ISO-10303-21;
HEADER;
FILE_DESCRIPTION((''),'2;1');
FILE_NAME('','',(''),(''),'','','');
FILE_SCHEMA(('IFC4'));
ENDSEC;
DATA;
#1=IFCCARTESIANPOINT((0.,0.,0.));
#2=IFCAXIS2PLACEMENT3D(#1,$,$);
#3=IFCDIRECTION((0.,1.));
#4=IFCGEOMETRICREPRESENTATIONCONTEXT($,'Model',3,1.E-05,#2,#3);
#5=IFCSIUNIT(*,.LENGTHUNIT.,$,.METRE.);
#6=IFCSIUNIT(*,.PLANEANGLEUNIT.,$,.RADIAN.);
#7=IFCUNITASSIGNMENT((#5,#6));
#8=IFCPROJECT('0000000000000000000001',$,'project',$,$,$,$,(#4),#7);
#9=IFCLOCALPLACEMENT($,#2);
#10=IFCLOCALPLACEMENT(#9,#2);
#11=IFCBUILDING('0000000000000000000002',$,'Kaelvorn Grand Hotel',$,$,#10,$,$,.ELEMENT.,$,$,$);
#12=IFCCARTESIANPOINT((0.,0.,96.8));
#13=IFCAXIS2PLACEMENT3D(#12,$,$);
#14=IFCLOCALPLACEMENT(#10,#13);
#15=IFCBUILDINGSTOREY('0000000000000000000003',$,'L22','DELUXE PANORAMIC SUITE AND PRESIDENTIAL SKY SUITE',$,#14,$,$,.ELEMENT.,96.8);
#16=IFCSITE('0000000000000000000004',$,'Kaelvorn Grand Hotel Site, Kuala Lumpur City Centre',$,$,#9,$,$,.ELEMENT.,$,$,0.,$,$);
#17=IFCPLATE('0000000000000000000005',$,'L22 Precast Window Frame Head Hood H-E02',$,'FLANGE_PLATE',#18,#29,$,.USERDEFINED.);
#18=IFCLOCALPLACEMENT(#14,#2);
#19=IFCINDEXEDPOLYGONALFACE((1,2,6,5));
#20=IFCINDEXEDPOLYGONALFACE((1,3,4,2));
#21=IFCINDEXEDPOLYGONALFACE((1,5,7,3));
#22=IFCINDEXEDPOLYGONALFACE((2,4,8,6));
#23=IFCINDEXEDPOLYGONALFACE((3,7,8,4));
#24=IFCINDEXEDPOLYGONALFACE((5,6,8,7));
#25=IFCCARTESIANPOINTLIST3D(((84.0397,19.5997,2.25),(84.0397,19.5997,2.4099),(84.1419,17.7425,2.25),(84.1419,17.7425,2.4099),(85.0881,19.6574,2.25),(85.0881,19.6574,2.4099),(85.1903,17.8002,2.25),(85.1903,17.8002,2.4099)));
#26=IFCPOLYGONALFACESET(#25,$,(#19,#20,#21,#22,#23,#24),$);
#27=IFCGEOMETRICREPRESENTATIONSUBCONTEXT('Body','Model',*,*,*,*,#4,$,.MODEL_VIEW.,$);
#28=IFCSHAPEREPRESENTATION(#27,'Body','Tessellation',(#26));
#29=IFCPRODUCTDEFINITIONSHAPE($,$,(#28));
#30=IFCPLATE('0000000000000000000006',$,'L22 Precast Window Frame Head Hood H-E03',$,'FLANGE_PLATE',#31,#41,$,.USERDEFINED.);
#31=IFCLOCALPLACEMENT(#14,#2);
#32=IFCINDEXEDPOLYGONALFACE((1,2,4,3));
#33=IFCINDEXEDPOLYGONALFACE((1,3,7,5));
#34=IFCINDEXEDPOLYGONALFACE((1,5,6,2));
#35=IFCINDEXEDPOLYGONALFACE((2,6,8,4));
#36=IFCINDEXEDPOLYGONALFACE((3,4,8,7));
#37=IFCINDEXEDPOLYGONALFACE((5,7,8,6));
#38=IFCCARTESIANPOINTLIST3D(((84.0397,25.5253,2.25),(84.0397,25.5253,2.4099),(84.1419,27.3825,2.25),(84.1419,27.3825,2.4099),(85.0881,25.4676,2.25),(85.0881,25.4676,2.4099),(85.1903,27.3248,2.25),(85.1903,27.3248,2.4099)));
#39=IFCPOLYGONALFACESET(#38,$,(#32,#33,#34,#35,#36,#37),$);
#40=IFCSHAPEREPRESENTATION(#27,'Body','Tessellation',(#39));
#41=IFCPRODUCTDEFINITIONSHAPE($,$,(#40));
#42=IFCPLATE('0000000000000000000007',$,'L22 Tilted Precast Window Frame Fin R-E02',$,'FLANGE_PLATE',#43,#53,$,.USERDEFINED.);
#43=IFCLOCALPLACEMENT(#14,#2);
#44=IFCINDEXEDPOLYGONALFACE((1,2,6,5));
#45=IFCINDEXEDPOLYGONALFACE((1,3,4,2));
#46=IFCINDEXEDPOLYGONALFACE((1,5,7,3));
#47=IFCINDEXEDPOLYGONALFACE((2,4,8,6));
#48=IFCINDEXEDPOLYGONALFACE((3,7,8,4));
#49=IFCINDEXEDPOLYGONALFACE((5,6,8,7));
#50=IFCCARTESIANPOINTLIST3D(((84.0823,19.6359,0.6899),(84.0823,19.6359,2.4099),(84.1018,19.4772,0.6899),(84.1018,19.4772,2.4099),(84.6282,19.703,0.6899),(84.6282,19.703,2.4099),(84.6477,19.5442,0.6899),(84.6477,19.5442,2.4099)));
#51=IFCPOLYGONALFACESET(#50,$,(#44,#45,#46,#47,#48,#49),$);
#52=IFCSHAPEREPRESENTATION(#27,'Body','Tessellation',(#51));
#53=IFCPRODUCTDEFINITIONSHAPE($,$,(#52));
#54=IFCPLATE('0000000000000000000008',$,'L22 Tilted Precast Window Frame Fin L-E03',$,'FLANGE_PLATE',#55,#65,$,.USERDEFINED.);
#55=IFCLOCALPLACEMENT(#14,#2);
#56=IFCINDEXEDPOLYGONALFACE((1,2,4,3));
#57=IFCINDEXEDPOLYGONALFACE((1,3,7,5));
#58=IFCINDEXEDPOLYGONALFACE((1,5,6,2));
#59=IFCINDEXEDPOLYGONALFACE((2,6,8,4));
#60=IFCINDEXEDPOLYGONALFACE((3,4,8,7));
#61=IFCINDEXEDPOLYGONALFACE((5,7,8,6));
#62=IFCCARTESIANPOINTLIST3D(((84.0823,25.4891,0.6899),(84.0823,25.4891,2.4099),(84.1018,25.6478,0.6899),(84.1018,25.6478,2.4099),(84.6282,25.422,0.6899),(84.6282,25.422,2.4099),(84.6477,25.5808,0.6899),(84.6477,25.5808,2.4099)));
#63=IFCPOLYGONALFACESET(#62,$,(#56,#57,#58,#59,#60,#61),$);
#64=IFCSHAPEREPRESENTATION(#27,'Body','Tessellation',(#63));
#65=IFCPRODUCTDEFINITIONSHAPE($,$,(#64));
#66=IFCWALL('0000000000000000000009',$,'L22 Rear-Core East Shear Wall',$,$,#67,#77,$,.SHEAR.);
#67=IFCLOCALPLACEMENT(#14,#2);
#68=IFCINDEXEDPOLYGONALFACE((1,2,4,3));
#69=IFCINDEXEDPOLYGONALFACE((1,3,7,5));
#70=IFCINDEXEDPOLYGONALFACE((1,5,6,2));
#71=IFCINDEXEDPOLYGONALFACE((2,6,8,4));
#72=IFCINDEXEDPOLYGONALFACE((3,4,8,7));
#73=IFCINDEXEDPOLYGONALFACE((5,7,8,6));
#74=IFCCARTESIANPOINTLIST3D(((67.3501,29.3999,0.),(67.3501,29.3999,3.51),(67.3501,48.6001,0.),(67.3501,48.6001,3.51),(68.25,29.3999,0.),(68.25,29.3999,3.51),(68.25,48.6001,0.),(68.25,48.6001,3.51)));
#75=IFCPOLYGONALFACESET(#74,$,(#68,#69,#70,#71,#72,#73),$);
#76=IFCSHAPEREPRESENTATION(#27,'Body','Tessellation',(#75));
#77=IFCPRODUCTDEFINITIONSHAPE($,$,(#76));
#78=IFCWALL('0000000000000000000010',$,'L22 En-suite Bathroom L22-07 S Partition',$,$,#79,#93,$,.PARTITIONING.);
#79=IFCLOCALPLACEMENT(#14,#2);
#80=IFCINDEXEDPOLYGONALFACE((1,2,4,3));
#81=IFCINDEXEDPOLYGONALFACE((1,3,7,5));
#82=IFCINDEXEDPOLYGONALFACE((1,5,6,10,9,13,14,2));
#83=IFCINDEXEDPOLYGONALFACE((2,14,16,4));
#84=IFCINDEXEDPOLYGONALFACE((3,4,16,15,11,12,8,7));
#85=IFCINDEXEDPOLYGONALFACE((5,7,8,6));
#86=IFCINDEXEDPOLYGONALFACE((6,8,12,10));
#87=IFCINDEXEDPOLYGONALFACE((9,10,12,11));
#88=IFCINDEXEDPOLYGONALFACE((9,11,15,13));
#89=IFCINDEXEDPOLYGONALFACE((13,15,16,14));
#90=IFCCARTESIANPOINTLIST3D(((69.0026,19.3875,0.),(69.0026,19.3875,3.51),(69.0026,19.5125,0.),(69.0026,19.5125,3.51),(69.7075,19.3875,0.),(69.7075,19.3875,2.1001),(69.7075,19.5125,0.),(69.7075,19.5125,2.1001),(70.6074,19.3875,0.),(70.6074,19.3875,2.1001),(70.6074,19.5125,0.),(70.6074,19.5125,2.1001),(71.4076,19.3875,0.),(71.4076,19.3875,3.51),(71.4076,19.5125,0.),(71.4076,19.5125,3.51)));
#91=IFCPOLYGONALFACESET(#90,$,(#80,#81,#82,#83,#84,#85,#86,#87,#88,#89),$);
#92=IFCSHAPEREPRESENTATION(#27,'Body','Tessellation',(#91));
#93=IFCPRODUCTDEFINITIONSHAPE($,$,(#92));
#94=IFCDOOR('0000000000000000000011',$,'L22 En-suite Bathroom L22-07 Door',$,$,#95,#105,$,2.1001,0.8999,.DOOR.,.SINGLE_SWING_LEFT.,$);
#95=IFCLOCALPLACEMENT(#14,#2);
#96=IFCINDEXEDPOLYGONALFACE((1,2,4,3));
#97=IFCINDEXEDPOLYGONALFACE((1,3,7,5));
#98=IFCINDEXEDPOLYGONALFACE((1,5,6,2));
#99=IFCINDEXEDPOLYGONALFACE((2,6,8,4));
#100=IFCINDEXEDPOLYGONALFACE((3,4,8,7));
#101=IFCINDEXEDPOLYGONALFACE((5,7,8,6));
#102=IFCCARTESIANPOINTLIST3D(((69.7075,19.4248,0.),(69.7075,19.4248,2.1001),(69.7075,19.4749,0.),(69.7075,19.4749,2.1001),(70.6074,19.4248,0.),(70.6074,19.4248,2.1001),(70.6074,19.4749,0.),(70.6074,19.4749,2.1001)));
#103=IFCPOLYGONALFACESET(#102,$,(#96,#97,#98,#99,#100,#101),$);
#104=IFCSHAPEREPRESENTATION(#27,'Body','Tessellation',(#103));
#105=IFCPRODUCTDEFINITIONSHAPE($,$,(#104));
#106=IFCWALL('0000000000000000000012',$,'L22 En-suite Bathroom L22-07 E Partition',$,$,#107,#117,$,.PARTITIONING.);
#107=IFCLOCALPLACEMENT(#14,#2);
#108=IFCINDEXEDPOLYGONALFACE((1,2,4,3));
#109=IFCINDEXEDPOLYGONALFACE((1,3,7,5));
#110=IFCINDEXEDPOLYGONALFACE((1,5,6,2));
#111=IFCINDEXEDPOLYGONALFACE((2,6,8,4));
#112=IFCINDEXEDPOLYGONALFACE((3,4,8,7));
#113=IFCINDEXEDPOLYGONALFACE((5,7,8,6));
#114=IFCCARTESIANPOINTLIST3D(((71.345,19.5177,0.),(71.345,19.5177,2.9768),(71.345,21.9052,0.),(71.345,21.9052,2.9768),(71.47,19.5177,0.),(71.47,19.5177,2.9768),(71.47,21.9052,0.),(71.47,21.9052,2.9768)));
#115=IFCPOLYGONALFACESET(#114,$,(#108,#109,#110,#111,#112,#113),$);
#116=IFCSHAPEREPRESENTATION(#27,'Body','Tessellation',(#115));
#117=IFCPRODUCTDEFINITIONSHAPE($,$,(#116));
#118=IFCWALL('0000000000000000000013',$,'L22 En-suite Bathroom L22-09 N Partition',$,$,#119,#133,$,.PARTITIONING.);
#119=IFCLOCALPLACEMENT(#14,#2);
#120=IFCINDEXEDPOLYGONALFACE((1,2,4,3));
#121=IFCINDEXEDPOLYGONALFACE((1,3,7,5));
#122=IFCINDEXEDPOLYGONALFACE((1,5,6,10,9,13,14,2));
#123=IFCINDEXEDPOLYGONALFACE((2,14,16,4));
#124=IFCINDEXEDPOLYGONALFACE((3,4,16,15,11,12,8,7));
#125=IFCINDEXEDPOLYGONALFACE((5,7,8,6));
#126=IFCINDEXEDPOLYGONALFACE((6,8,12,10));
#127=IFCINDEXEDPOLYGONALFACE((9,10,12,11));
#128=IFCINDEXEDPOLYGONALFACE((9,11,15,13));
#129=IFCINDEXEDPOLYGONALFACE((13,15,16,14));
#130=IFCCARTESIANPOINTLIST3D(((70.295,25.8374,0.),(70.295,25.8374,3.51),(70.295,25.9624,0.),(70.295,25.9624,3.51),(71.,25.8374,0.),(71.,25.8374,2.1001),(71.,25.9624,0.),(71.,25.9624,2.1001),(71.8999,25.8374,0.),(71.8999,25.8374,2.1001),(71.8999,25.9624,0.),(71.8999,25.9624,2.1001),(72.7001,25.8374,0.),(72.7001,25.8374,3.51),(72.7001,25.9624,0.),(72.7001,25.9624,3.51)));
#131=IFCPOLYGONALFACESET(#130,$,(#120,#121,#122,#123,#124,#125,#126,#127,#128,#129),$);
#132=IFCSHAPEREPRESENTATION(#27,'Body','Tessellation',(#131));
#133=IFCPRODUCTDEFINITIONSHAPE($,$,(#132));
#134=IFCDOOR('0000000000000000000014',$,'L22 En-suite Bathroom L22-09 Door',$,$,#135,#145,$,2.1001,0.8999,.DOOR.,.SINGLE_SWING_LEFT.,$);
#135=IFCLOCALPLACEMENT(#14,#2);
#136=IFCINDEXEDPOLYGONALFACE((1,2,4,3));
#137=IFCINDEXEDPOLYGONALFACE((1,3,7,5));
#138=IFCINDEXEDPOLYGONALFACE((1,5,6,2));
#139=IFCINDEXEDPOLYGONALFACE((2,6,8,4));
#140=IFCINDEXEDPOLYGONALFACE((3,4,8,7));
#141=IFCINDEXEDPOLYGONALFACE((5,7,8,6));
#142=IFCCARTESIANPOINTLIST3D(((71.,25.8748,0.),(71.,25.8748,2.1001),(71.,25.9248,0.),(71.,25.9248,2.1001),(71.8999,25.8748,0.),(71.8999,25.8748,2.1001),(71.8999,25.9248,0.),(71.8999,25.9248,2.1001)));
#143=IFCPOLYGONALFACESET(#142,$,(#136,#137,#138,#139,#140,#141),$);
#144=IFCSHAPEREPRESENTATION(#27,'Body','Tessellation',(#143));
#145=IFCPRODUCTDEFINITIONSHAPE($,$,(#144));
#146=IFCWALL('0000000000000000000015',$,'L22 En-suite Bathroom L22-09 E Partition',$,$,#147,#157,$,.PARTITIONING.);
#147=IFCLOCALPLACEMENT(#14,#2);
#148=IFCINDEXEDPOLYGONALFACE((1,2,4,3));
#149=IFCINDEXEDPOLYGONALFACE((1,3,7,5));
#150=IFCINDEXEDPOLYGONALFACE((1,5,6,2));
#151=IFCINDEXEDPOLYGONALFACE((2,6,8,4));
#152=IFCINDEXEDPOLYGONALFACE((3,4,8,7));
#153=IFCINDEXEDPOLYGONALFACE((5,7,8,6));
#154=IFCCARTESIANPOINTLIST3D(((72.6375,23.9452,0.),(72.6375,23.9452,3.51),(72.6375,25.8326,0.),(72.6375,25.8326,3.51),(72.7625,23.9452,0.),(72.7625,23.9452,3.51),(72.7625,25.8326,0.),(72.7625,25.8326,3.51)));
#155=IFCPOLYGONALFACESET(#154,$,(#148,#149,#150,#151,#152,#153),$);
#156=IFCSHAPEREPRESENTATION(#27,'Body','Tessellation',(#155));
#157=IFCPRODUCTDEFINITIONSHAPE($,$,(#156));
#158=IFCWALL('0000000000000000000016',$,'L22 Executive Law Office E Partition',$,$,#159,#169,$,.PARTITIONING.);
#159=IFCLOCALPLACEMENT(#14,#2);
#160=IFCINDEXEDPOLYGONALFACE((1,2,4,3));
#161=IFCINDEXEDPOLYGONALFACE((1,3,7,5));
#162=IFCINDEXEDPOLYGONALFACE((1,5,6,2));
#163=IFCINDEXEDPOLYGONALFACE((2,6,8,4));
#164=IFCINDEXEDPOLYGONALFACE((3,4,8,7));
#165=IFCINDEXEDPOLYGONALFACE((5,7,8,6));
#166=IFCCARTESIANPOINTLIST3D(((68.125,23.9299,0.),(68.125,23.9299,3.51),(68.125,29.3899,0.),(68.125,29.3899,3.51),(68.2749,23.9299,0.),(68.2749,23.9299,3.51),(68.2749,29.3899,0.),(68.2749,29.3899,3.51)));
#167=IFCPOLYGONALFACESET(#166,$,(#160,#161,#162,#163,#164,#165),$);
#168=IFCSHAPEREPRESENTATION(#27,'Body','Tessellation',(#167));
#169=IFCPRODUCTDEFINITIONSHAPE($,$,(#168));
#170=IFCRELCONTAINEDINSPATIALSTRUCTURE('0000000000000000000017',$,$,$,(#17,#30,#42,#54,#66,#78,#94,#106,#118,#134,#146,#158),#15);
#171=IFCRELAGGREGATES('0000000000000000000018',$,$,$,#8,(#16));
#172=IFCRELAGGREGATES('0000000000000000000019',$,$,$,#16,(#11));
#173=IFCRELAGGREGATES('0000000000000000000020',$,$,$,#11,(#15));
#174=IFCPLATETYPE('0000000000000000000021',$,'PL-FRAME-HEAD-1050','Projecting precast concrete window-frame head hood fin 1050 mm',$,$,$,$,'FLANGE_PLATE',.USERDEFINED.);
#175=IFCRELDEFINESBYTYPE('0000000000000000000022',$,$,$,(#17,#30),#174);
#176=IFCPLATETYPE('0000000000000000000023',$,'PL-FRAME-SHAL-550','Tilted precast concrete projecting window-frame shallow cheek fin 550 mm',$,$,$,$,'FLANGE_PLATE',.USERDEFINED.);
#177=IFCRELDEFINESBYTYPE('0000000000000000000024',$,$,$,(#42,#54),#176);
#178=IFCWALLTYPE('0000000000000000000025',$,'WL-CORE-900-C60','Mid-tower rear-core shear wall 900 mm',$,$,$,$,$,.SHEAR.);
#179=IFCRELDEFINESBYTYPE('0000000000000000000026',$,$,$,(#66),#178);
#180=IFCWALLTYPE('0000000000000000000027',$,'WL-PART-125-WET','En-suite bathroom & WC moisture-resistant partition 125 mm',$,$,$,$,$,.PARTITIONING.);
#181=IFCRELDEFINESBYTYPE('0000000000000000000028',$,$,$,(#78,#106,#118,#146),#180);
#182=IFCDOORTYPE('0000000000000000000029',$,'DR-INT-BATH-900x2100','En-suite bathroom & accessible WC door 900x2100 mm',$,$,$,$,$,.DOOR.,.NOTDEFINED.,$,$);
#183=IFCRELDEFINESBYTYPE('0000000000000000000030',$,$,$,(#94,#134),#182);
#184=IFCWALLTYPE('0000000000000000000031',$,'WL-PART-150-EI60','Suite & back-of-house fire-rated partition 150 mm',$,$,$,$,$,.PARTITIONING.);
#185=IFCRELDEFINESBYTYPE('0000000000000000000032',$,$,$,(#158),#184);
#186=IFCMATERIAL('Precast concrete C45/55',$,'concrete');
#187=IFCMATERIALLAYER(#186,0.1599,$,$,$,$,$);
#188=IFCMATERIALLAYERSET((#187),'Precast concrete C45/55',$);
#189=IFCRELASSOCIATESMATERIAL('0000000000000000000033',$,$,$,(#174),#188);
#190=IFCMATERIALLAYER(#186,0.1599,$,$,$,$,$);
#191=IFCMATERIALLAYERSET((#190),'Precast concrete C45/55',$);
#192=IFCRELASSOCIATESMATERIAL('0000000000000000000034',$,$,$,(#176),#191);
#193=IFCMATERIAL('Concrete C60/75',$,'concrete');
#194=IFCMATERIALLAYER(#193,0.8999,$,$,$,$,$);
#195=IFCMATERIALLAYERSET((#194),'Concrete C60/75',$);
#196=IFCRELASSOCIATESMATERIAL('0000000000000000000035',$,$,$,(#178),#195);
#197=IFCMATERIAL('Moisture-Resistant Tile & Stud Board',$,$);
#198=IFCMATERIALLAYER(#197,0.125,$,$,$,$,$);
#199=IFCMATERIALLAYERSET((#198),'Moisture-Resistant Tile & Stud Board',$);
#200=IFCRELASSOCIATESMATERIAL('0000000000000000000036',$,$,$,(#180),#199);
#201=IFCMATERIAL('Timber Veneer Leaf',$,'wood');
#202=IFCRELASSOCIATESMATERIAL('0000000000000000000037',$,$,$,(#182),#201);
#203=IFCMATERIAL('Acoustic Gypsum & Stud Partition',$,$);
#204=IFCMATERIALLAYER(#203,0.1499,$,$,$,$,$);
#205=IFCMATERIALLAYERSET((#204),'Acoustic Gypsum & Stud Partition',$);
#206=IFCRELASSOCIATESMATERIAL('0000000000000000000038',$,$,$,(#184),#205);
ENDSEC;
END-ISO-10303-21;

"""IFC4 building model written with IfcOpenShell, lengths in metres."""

from ifc_helpers import new_model, si_unit, direction, frame, frame_2d, origin, origin_2d, place, context, subcontext, project, spatial, rectangle, extrude, material, layer, layer_set, type_object, element, fill, save


model = new_model("IFC4")

# Units and contexts
model_context = context("Model", 3, precision=1e-05, world=origin(), true_north=direction((0.0, 1.0)))
body_context = subcontext(model_context, "Body", "Model", "MODEL_VIEW")
ifc_project = project(units=[si_unit("LENGTHUNIT", "METRE"), si_unit("PLANEANGLEUNIT", "RADIAN")], contexts=[model_context])

# Site, building, storey
site_placement = place(None, origin())
site = spatial("IfcSite", under=ifc_project, at=site_placement, Name="Kaelvorn Grand Hotel Site, Kuala Lumpur City Centre", CompositionType="ELEMENT", RefElevation=0.0)
building_placement = place(site_placement, origin())
building = spatial("IfcBuilding", under=site, at=building_placement, Name="Kaelvorn Grand Hotel", CompositionType="ELEMENT")
storey_placement = place(building_placement, frame((0.0, 0.0, 96.8)))
storey = spatial("IfcBuildingStorey", under=building, at=storey_placement, Name="L22", Description="DELUXE PANORAMIC SUITE AND PRESIDENTIAL SKY SUITE", CompositionType="ELEMENT", Elevation=96.8)

# Shared definitions
ifc_material_1 = material(Name="Concrete C60/75", Category="concrete")

# Plates
ifc_material_2 = material(Name="Precast concrete C45/55", Category="concrete")
ifc_layer_1 = layer(ifc_material_2, 0.1599)
ifc_layer_set_1 = layer_set([ifc_layer_1], Name="Precast concrete C45/55")
plate_type_1 = type_object("IfcPlateType", Name="PL-FRAME-HEAD-1050", Description="Projecting precast concrete window-frame head hood fin 1050 mm", ElementType="FLANGE_PLATE", PredefinedType="USERDEFINED", material=ifc_layer_set_1)
for number, where, z_axis, x_axis, name in (
    (1, (84.615, 18.7, 2.25), (0.0, 0.0, 1.0), (-0.05495, 0.998489, 0.0), "L22 Precast Window Frame Head Hood H-E02"),
    (2, (84.615, 26.425, 2.25), (0.0, 0.0, 1.0), (0.05495, 0.998489, 0.0), "L22 Precast Window Frame Head Hood H-E03"),
):
    element("IfcPlate", number, at=place(storey_placement, frame(where, z_axis=z_axis, x_axis=x_axis)), inside=storey, type_object=plate_type_1, Name=name, ObjectType="FLANGE_PLATE", PredefinedType="USERDEFINED", context=body_context, shape_type="SweptSolid", body=[
        extrude(rectangle(XDim=1.8601, YDim=1.05, at=origin_2d()), origin(), (0.0, 0.0, 1.0), 0.1599),
    ])
ifc_layer_2 = layer(ifc_material_2, 0.1599)
ifc_layer_set_2 = layer_set([ifc_layer_2], Name="Precast concrete C45/55")
plate_type_2 = type_object("IfcPlateType", Name="PL-FRAME-SHAL-550", Description="Tilted precast concrete projecting window-frame shallow cheek fin 550 mm", ElementType="FLANGE_PLATE", PredefinedType="USERDEFINED", material=ifc_layer_set_2)
for number, where, z_axis, x_axis, name in (
    (3, (84.365, 19.5901, 0.6899), (0.0, 0.0, 1.0), (-0.121869, 0.992546, 0.0), "L22 Tilted Precast Window Frame Fin R-E02"),
    (4, (84.365, 25.5349, 0.6899), (0.0, 0.0, 1.0), (0.121869, 0.992546, 0.0), "L22 Tilted Precast Window Frame Fin L-E03"),
):
    element("IfcPlate", number, at=place(storey_placement, frame(where, z_axis=z_axis, x_axis=x_axis)), inside=storey, type_object=plate_type_2, Name=name, ObjectType="FLANGE_PLATE", PredefinedType="USERDEFINED", context=body_context, shape_type="SweptSolid", body=[
        extrude(rectangle(XDim=0.1599, YDim=0.55, at=origin_2d()), origin(), (0.0, 0.0, 1.0), 1.72),
    ])

# Wall
ifc_layer_3 = layer(ifc_material_1, 0.8999)
ifc_layer_set_3 = layer_set([ifc_layer_3], Name="Concrete C60/75")
wall_type_1 = type_object("IfcWallType", Name="WL-CORE-900-C60", Description="Mid-tower rear-core shear wall 900 mm", PredefinedType="SHEAR", material=ifc_layer_set_3)
wall_1_placement = place(storey_placement, frame((67.8, 29.3999, 0.0), z_axis=(0.0, 0.0, 1.0), x_axis=(0.0, 1.0, 0.0)))
element("IfcWall", 5, at=wall_1_placement, inside=storey, type_object=wall_type_1, Name="L22 Rear-Core East Shear Wall", PredefinedType="SHEAR", context=body_context, shape_type="SweptSolid", body=[
    extrude(rectangle(XDim=19.2002, YDim=0.8999, at=frame_2d((9.6001, 0.0))), origin(), (0.0, 0.0, 1.0), 3.51),
])

# Wall, opening, door
ifc_material_3 = material(Name="Moisture-Resistant Tile & Stud Board")
ifc_layer_4 = layer(ifc_material_3, 0.125)
ifc_layer_set_4 = layer_set([ifc_layer_4], Name="Moisture-Resistant Tile & Stud Board")
wall_type_2 = type_object("IfcWallType", Name="WL-PART-125-WET", Description="En-suite bathroom & WC moisture-resistant partition 125 mm", PredefinedType="PARTITIONING", material=ifc_layer_set_4)
wall_2_placement = place(storey_placement, frame((69.0024, 19.45, 0.0), z_axis=(0.0, 0.0, 1.0), x_axis=(1.0, 0.0, 0.0)))
wall_2 = element("IfcWall", 6, at=wall_2_placement, inside=storey, type_object=wall_type_2, Name="L22 En-suite Bathroom L22-07 S Partition", PredefinedType="PARTITIONING", context=body_context, shape_type="SweptSolid", body=[
    extrude(rectangle(XDim=2.405, YDim=0.125, at=frame_2d((1.2026, 0.0))), origin(), (0.0, 0.0, 1.0), 3.51),
])
opening_1_placement = place(wall_2_placement, frame((0.7051, 0.0, 0.0)))
opening_1 = element("IfcOpeningElement", 7, at=opening_1_placement, cuts=wall_2, PredefinedType="OPENING", context=body_context, shape_type="SweptSolid", body=[
    extrude(rectangle(XDim=0.8999, YDim=2.1001, at=frame_2d((0.45, 1.05))), frame((0.0, 0.0725, 0.0), z_axis=(0.0, -1.0, 0.0), x_axis=(1.0, 0.0, 0.0)), (0.0, 0.0, 1.0), 0.145),
])
ifc_material_4 = material(Name="Timber Veneer Leaf", Category="wood")
door_type_1 = type_object("IfcDoorType", Name="DR-INT-BATH-900x2100", Description="En-suite bathroom & accessible WC door 900x2100 mm", OperationType="NOTDEFINED", PredefinedType="DOOR", material=ifc_material_4)
door_1_placement = place(opening_1_placement, origin())
door_1 = element("IfcDoor", 8, at=door_1_placement, inside=storey, type_object=door_type_1, Name="L22 En-suite Bathroom L22-07 Door", OperationType="SINGLE_SWING_LEFT", OverallHeight=2.1001, OverallWidth=0.8999, PredefinedType="DOOR", context=body_context, shape_type="SweptSolid", body=[
    extrude(rectangle(XDim=0.8999, YDim=2.1001, at=frame_2d((0.45, 1.05))), frame((0.0, 0.0249, 0.0), z_axis=(0.0, -1.0, 0.0), x_axis=(1.0, 0.0, 0.0)), (0.0, 0.0, 1.0), 0.05),
])
fill(opening_1, door_1)

# Wall
wall_3_placement = place(storey_placement, frame((71.4075, 19.5176, 0.0), z_axis=(0.0, 0.0, 1.0), x_axis=(0.0, 1.0, 0.0)))
element("IfcWall", 9, at=wall_3_placement, inside=storey, type_object=wall_type_2, Name="L22 En-suite Bathroom L22-07 E Partition", PredefinedType="PARTITIONING", context=body_context, shape_type="SweptSolid", body=[
    extrude(rectangle(XDim=2.3875, YDim=0.125, at=frame_2d((1.1938, 0.0))), origin(), (0.0, 0.0, 1.0), 2.9768),
])

# Wall, opening, door
wall_4_placement = place(storey_placement, frame((70.2949, 25.8999, 0.0), z_axis=(0.0, 0.0, 1.0), x_axis=(1.0, 0.0, 0.0)))
wall_4 = element("IfcWall", 10, at=wall_4_placement, inside=storey, type_object=wall_type_2, Name="L22 En-suite Bathroom L22-09 N Partition", PredefinedType="PARTITIONING", context=body_context, shape_type="SweptSolid", body=[
    extrude(rectangle(XDim=2.405, YDim=0.125, at=frame_2d((1.2026, 0.0))), origin(), (0.0, 0.0, 1.0), 3.51),
])
opening_2_placement = place(wall_4_placement, frame((0.7051, 0.0, 0.0)))
opening_2 = element("IfcOpeningElement", 11, at=opening_2_placement, cuts=wall_4, PredefinedType="OPENING", context=body_context, shape_type="SweptSolid", body=[
    extrude(rectangle(XDim=0.8999, YDim=2.1001, at=frame_2d((0.45, 1.05))), frame((0.0, 0.0725, 0.0), z_axis=(0.0, -1.0, 0.0), x_axis=(1.0, 0.0, 0.0)), (0.0, 0.0, 1.0), 0.145),
])
door_2_placement = place(opening_2_placement, origin())
door_2 = element("IfcDoor", 12, at=door_2_placement, inside=storey, type_object=door_type_1, Name="L22 En-suite Bathroom L22-09 Door", OperationType="SINGLE_SWING_LEFT", OverallHeight=2.1001, OverallWidth=0.8999, PredefinedType="DOOR", context=body_context, shape_type="SweptSolid", body=[
    extrude(rectangle(XDim=0.8999, YDim=2.1001, at=frame_2d((0.45, 1.05))), frame((0.0, 0.0249, 0.0), z_axis=(0.0, -1.0, 0.0), x_axis=(1.0, 0.0, 0.0)), (0.0, 0.0, 1.0), 0.05),
])
fill(opening_2, door_2)

# Walls
wall_5_placement = place(storey_placement, frame((72.7, 23.9451, 0.0), z_axis=(0.0, 0.0, 1.0), x_axis=(0.0, 1.0, 0.0)))
element("IfcWall", 13, at=wall_5_placement, inside=storey, type_object=wall_type_2, Name="L22 En-suite Bathroom L22-09 E Partition", PredefinedType="PARTITIONING", context=body_context, shape_type="SweptSolid", body=[
    extrude(rectangle(XDim=1.8875, YDim=0.125, at=frame_2d((0.9438, 0.0))), origin(), (0.0, 0.0, 1.0), 3.51),
])
ifc_material_5 = material(Name="Acoustic Gypsum & Stud Partition")
ifc_layer_5 = layer(ifc_material_5, 0.1499)
ifc_layer_set_5 = layer_set([ifc_layer_5], Name="Acoustic Gypsum & Stud Partition")
wall_type_3 = type_object("IfcWallType", Name="WL-PART-150-EI60", Description="Suite & back-of-house fire-rated partition 150 mm", PredefinedType="PARTITIONING", material=ifc_layer_set_5)
wall_6_placement = place(storey_placement, frame((68.2, 23.9299, 0.0), z_axis=(0.0, 0.0, 1.0), x_axis=(0.0, 1.0, 0.0)))
element("IfcWall", 14, at=wall_6_placement, inside=storey, type_object=wall_type_3, Name="L22 Executive Law Office E Partition", PredefinedType="PARTITIONING", context=body_context, shape_type="SweptSolid", body=[
    extrude(rectangle(XDim=5.46, YDim=0.1499, at=frame_2d((2.73, 0.0))), origin(), (0.0, 0.0, 1.0), 3.51),
])

save(model, "model.ifc")
